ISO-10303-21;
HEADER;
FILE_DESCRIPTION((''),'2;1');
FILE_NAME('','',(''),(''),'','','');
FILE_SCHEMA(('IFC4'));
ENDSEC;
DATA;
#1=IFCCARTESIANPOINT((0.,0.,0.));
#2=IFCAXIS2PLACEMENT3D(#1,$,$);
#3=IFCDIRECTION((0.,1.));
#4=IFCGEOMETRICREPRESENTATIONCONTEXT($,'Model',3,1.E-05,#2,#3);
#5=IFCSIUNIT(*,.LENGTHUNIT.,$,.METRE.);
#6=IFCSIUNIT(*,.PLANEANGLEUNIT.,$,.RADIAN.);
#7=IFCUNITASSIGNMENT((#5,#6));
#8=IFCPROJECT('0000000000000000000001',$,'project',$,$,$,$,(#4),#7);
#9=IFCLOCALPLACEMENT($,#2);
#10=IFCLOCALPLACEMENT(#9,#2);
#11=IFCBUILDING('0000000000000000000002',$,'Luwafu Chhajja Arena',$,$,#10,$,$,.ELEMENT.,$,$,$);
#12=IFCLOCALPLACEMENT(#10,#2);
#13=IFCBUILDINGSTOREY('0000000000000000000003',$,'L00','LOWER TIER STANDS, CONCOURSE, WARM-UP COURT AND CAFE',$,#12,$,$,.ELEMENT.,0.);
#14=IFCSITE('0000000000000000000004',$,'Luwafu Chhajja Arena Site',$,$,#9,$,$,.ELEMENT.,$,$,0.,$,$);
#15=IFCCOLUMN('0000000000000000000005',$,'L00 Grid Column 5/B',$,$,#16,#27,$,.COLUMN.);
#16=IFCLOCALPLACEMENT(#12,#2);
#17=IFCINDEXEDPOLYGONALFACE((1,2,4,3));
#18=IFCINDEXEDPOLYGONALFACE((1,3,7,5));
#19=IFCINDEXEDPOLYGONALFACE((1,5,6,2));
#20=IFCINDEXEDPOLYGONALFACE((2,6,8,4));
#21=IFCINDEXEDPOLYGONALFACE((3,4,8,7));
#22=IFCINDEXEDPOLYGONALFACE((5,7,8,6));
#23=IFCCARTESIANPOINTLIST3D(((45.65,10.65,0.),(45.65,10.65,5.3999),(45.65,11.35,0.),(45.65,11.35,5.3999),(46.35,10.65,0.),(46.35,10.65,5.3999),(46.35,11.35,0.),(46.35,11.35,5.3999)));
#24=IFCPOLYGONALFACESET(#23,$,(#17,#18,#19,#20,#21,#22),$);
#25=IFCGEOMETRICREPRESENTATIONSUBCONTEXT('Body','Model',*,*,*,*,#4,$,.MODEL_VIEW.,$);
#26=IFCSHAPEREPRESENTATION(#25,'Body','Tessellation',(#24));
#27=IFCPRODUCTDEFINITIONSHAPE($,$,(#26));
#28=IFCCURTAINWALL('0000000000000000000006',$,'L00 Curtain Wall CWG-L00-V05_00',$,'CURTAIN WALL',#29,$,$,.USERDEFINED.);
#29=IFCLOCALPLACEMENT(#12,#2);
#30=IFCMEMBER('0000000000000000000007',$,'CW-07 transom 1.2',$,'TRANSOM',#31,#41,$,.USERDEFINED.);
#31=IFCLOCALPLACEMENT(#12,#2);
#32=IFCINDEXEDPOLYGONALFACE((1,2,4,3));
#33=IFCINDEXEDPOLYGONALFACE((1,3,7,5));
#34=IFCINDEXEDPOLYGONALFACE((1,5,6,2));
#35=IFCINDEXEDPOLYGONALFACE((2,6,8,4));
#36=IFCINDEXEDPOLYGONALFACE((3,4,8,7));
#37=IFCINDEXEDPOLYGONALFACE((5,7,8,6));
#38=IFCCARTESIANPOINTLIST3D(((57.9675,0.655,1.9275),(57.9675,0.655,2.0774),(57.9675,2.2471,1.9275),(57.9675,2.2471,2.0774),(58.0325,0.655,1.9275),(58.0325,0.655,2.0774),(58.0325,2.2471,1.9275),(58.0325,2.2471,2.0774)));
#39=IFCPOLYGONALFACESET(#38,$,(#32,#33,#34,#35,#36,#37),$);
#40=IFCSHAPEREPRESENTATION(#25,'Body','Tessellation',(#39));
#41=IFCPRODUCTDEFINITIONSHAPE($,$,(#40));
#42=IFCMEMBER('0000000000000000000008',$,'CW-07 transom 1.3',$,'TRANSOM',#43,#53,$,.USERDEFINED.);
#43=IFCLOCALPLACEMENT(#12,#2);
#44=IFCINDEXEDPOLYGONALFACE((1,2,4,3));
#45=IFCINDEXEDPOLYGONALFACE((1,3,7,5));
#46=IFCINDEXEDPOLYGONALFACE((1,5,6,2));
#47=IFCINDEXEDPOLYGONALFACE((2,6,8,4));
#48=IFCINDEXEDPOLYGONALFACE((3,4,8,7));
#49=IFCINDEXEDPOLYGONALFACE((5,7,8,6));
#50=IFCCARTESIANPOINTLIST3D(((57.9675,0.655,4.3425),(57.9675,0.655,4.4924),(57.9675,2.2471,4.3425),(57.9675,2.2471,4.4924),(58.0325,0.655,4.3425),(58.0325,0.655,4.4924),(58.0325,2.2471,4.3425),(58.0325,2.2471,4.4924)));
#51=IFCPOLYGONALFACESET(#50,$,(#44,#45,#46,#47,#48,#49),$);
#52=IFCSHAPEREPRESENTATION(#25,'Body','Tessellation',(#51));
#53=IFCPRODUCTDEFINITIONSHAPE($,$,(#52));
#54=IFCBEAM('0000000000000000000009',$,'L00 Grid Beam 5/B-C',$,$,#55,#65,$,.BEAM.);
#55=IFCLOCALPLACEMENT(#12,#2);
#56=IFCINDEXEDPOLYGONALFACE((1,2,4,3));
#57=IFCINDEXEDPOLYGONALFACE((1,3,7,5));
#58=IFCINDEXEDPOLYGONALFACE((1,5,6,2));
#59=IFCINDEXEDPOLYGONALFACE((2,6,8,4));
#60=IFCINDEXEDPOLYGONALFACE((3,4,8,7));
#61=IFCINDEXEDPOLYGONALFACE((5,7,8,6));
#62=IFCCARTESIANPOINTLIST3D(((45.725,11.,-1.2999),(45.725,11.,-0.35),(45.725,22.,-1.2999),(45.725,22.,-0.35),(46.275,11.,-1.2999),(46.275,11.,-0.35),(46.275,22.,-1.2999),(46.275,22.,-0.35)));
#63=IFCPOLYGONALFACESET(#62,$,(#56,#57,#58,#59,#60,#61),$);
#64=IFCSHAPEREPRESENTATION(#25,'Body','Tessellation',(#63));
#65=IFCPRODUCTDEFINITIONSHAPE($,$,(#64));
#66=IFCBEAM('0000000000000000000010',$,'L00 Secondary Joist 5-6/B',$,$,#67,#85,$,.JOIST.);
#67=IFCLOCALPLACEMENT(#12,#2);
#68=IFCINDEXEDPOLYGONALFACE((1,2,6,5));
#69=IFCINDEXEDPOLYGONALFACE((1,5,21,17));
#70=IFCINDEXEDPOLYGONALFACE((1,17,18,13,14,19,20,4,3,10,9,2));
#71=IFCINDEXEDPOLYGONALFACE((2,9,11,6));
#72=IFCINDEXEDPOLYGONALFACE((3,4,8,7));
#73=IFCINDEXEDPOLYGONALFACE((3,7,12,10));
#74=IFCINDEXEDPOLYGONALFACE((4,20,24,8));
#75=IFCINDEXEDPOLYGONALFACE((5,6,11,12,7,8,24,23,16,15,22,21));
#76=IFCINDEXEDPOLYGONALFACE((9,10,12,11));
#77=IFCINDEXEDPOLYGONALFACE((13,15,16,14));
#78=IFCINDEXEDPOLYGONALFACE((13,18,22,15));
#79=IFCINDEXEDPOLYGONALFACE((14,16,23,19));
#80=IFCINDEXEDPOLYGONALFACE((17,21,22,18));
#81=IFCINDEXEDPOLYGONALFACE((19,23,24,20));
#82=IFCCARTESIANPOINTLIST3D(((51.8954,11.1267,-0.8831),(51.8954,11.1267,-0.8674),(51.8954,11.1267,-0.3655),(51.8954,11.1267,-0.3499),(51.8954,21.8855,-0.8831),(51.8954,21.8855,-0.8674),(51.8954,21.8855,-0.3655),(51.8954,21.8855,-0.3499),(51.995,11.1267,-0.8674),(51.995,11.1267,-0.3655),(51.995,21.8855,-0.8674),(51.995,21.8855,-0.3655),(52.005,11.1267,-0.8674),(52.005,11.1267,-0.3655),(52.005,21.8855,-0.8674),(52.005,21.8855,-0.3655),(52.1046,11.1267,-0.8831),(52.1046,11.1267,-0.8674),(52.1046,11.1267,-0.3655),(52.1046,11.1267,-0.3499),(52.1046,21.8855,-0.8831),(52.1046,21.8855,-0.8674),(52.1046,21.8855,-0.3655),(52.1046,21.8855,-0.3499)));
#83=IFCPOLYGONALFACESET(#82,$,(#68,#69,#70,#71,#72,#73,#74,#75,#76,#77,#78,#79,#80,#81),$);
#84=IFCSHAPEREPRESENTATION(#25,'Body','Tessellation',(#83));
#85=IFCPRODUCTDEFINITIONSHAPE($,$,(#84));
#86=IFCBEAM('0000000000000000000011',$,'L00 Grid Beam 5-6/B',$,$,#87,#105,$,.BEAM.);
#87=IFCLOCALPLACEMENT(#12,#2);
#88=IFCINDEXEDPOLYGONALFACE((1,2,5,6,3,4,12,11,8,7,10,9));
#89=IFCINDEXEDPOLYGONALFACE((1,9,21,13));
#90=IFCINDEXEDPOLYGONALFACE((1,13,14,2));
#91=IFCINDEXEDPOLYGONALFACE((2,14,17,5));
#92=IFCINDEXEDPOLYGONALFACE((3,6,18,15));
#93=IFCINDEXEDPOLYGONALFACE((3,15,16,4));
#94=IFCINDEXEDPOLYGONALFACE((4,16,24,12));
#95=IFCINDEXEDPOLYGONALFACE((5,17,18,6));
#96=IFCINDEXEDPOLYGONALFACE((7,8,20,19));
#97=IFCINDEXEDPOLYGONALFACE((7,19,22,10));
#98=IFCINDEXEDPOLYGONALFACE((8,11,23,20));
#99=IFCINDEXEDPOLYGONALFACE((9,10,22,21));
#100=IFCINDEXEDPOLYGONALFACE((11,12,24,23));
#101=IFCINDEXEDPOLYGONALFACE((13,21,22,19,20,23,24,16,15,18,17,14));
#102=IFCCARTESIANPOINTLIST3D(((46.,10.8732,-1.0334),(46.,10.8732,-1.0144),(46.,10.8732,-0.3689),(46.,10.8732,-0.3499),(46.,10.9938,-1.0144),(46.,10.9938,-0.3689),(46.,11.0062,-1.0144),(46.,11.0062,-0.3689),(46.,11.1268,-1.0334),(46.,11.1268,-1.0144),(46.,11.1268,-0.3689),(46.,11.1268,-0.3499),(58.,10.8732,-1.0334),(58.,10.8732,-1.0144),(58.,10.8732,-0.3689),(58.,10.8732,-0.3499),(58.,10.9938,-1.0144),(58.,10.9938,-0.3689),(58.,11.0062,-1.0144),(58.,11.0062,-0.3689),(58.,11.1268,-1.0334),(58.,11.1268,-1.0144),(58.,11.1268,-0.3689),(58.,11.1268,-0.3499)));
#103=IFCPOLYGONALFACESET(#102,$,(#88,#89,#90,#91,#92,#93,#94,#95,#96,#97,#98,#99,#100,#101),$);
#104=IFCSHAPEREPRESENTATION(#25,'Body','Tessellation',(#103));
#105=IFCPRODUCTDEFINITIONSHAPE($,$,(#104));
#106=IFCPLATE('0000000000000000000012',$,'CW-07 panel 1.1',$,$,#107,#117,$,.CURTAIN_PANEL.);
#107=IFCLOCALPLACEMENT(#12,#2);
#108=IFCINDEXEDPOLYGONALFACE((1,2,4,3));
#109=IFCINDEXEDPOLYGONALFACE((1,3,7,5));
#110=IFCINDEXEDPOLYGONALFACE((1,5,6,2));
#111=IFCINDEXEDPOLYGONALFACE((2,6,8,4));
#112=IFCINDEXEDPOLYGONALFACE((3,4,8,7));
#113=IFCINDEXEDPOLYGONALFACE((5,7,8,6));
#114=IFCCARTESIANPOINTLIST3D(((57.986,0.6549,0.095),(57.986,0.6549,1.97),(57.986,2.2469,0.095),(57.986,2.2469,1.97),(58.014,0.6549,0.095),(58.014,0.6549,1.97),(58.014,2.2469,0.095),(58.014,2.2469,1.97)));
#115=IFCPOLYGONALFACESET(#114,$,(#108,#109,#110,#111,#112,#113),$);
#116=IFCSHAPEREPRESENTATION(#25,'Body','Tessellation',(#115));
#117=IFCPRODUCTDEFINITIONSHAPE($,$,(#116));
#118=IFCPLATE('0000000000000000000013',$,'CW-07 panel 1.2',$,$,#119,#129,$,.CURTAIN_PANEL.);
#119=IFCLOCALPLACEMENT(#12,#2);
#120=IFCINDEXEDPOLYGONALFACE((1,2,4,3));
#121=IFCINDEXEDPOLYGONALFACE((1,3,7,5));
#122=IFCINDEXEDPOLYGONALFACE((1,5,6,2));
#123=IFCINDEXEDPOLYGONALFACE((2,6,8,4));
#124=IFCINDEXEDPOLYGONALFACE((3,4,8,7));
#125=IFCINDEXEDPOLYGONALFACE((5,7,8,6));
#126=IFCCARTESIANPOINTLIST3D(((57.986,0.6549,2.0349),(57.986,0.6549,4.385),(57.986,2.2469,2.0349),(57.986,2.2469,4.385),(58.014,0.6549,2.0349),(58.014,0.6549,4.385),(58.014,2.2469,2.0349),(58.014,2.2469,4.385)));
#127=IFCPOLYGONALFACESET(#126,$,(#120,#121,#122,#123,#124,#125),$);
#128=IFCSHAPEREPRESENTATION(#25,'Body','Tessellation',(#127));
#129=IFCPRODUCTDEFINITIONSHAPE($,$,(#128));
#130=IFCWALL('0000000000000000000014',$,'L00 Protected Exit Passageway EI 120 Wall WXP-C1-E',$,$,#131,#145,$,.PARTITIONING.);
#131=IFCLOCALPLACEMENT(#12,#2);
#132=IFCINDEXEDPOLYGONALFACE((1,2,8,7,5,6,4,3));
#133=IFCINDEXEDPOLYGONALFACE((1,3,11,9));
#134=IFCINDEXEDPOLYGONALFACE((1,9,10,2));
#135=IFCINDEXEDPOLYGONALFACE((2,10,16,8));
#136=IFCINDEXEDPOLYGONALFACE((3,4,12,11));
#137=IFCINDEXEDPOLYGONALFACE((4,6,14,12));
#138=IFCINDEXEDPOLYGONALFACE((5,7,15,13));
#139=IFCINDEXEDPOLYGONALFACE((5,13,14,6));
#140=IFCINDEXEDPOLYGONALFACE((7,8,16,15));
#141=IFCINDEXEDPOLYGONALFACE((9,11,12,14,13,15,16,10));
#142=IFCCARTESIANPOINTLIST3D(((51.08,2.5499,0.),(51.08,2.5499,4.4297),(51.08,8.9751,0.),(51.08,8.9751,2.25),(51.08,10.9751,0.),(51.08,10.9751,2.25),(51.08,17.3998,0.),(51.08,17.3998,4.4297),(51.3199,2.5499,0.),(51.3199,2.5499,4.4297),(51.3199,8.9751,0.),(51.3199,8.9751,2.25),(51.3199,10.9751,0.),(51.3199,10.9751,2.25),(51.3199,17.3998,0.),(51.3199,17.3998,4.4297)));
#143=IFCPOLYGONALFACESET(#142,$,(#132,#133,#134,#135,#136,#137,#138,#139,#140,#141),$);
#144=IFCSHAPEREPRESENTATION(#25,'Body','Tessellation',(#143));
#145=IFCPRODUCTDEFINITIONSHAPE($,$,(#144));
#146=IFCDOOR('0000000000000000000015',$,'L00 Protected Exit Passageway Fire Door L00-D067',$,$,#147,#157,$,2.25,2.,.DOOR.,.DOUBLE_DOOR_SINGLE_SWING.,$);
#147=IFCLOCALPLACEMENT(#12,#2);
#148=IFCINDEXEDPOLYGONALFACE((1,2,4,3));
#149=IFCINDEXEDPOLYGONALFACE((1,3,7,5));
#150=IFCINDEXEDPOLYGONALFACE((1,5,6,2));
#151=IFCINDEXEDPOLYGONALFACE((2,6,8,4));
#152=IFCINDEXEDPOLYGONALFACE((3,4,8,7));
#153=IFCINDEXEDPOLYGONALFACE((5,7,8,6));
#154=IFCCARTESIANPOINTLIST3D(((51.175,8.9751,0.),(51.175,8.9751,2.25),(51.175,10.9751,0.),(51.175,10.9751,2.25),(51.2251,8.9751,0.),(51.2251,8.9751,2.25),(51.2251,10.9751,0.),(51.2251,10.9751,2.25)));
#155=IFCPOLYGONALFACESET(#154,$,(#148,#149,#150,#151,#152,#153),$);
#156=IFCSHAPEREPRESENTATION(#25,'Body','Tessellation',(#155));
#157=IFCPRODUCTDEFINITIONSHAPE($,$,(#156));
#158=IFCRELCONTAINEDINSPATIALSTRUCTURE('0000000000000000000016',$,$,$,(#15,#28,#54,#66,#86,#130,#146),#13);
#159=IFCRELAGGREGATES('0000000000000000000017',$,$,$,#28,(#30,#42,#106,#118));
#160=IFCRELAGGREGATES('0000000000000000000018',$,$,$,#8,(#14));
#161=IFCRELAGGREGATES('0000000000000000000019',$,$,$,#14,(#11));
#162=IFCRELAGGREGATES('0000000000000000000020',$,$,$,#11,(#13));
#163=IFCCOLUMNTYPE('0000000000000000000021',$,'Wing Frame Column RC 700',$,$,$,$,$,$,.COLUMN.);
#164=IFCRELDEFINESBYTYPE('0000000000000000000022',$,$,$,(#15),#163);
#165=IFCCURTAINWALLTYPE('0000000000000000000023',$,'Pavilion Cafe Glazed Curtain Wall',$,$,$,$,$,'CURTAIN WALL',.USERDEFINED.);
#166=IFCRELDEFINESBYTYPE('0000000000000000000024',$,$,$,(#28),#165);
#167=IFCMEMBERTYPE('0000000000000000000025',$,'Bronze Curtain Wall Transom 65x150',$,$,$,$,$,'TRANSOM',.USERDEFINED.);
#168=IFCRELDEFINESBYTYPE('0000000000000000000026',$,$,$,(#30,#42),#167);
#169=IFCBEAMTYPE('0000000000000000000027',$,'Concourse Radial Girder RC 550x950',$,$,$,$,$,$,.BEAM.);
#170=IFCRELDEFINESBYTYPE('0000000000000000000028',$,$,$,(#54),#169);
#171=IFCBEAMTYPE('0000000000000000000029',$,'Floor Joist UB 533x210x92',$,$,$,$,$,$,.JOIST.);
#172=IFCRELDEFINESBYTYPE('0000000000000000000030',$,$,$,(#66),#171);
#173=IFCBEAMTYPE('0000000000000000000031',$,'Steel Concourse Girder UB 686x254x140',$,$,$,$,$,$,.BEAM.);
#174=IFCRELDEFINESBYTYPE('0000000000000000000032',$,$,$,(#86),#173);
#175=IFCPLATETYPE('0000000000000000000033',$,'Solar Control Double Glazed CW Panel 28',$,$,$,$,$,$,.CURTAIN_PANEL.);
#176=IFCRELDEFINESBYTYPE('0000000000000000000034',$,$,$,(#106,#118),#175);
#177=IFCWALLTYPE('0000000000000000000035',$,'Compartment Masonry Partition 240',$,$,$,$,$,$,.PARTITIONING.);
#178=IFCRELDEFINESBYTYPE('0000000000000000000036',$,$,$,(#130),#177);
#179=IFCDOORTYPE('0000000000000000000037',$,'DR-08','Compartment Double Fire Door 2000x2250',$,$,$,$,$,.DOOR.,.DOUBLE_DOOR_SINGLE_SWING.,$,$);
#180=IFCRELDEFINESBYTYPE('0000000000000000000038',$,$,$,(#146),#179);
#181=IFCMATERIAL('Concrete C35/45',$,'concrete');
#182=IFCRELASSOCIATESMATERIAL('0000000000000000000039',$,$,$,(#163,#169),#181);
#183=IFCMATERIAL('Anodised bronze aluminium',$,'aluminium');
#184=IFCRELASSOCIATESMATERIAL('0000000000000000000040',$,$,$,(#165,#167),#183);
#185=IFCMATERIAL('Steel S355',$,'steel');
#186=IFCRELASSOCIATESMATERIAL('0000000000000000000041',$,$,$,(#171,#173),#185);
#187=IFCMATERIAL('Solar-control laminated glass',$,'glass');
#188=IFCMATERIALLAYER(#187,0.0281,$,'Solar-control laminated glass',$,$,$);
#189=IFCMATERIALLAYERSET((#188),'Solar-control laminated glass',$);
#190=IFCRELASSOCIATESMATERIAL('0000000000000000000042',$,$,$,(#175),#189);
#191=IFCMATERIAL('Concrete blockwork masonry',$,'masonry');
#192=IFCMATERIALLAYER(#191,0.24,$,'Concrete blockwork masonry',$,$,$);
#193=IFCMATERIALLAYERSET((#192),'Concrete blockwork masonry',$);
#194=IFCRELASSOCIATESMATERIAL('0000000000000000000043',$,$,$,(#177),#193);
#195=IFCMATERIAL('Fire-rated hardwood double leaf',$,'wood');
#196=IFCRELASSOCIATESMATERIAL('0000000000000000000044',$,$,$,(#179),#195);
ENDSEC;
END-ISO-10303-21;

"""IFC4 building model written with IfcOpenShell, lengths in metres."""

from ifc_helpers import new_model, si_unit, direction, frame, frame_2d, origin, origin_2d, place, context, subcontext, project, spatial, rectangle, i_section, extrude, material, layer, layer_set, material_profile, profile_set, type_object, element, fill, aggregate, save


model = new_model("IFC4")

# Units and contexts
model_context = context("Model", 3, precision=1e-05, world=origin(), true_north=direction((0.0, 1.0)))
body_context = subcontext(model_context, "Body", "Model", "MODEL_VIEW")
ifc_project = project(units=[si_unit("LENGTHUNIT", "METRE"), si_unit("PLANEANGLEUNIT", "RADIAN")], contexts=[model_context])

# Site, building, storey
site_placement = place(None, origin())
site = spatial("IfcSite", under=ifc_project, at=site_placement, Name="Luwafu Chhajja Arena Site", CompositionType="ELEMENT", RefElevation=0.0)
building_placement = place(site_placement, origin())
building = spatial("IfcBuilding", under=site, at=building_placement, Name="Luwafu Chhajja Arena", CompositionType="ELEMENT")
storey_placement = place(building_placement, origin())
storey = spatial("IfcBuildingStorey", under=building, at=storey_placement, Name="L00", Description="LOWER TIER STANDS, CONCOURSE, WARM-UP COURT AND CAFE", CompositionType="ELEMENT", Elevation=0.0)

# Column
ifc_material_1 = material(Name="Concrete C35/45", Category="concrete")
ifc_material_profile_1 = material_profile(ifc_material_1, rectangle(XDim=0.7, YDim=0.7, at=origin_2d()), Name="RC 700x700")
ifc_profile_set_1 = profile_set([ifc_material_profile_1], Name="Concrete C35/45")
column_type = type_object("IfcColumnType", Name="Wing Frame Column RC 700", PredefinedType="COLUMN", material=ifc_profile_set_1)
column_placement = place(storey_placement, frame((46.0, 11.0, 0.0), z_axis=(0.0, 0.0, 1.0), x_axis=(1.0, 0.0, 0.0)))
element("IfcColumn", 1, at=column_placement, inside=storey, type_object=column_type, Name="L00 Grid Column 5/B", PredefinedType="COLUMN", context=body_context, shape_type="SweptSolid", body=[
    extrude(rectangle(XDim=0.7, YDim=0.7, at=origin_2d()), origin(), (0.0, 0.0, 1.0), 5.3999),
])

# Curtain wall, members
ifc_material_2 = material(Name="Anodised bronze aluminium", Category="aluminium")
curtain_wall_type = type_object("IfcCurtainWallType", Name="Pavilion Cafe Glazed Curtain Wall", ElementType="CURTAIN WALL", PredefinedType="USERDEFINED", material=ifc_material_2)
curtain_wall_placement = place(storey_placement, origin())
curtain_wall = element("IfcCurtainWall", 2, at=curtain_wall_placement, inside=storey, type_object=curtain_wall_type, Name="L00 Curtain Wall CWG-L00-V05_00", ObjectType="CURTAIN WALL", PredefinedType="USERDEFINED")
ifc_material_profile_2 = material_profile(ifc_material_2, rectangle(XDim=0.0649, YDim=0.1499, at=origin_2d()), Name="CWT 65x150")
ifc_profile_set_2 = profile_set([ifc_material_profile_2], Name="Anodised bronze aluminium")
member_type = type_object("IfcMemberType", Name="Bronze Curtain Wall Transom 65x150", ElementType="TRANSOM", PredefinedType="USERDEFINED", material=ifc_profile_set_2)
member_1_placement = place(storey_placement, frame((58.0, 0.655, 2.0024), z_axis=(0.0, 1.0, 0.0), x_axis=(-1.0, 0.0, 0.0)))
member_1 = element("IfcMember", 3, at=member_1_placement, type_object=member_type, Name="CW-07 transom 1.2", ObjectType="TRANSOM", PredefinedType="USERDEFINED", context=body_context, shape_type="SweptSolid", body=[
    extrude(rectangle(XDim=0.0649, YDim=0.1499, at=origin_2d()), origin(), (0.0, 0.0, 1.0), 1.592),
])
member_2_placement = place(storey_placement, frame((58.0, 0.655, 4.4175), z_axis=(0.0, 1.0, 0.0), x_axis=(-1.0, 0.0, 0.0)))
member_2 = element("IfcMember", 4, at=member_2_placement, type_object=member_type, Name="CW-07 transom 1.3", ObjectType="TRANSOM", PredefinedType="USERDEFINED", context=body_context, shape_type="SweptSolid", body=[
    extrude(rectangle(XDim=0.0649, YDim=0.1499, at=origin_2d()), origin(), (0.0, 0.0, 1.0), 1.592),
])

# Beams
ifc_material_profile_3 = material_profile(ifc_material_1, rectangle(XDim=0.55, YDim=0.95, at=origin_2d()), Name="RC 550x950")
ifc_profile_set_3 = profile_set([ifc_material_profile_3], Name="Concrete C35/45")
beam_type_1 = type_object("IfcBeamType", Name="Concourse Radial Girder RC 550x950", PredefinedType="BEAM", material=ifc_profile_set_3)
beam_1_placement = place(storey_placement, frame((46.0, 11.0, -0.825), z_axis=(0.0, 1.0, 0.0), x_axis=(-1.0, 0.0, 0.0)))
element("IfcBeam", 5, at=beam_1_placement, inside=storey, type_object=beam_type_1, Name="L00 Grid Beam 5/B-C", PredefinedType="BEAM", context=body_context, shape_type="SweptSolid", body=[
    extrude(rectangle(XDim=0.55, YDim=0.95, at=origin_2d()), origin(), (0.0, 0.0, 1.0), 11.0),
])
ifc_material_3 = material(Name="Steel S355", Category="steel")
ifc_material_profile_4 = material_profile(ifc_material_3, i_section(OverallWidth=0.2092, OverallDepth=0.5332, WebThickness=0.01, FlangeThickness=0.0156, at=origin_2d()), Name="UB 533x210x92")
ifc_profile_set_4 = profile_set([ifc_material_profile_4], Name="Steel S355")
beam_type_2 = type_object("IfcBeamType", Name="Floor Joist UB 533x210x92", PredefinedType="JOIST", material=ifc_profile_set_4)
beam_2_placement = place(storey_placement, frame((52.0, 11.1267, -0.6165), z_axis=(0.0, 1.0, 0.0), x_axis=(-1.0, 0.0, 0.0)))
element("IfcBeam", 6, at=beam_2_placement, inside=storey, type_object=beam_type_2, Name="L00 Secondary Joist 5-6/B", PredefinedType="JOIST", context=body_context, shape_type="SweptSolid", body=[
    extrude(i_section(OverallWidth=0.2092, OverallDepth=0.5332, WebThickness=0.01, FlangeThickness=0.0156, at=origin_2d()), origin(), (0.0, 0.0, 1.0), 10.7588),
])
ifc_material_profile_5 = material_profile(ifc_material_3, i_section(OverallWidth=0.2537, OverallDepth=0.6836, WebThickness=0.0125, FlangeThickness=0.019, at=origin_2d()), Name="UB 686x254x140")
ifc_profile_set_5 = profile_set([ifc_material_profile_5], Name="Steel S355")
beam_type_3 = type_object("IfcBeamType", Name="Steel Concourse Girder UB 686x254x140", PredefinedType="BEAM", material=ifc_profile_set_5)
beam_3_placement = place(storey_placement, frame((46.0, 11.0, -0.6917), z_axis=(1.0, 0.0, 0.0), x_axis=(0.0, 1.0, 0.0)))
element("IfcBeam", 7, at=beam_3_placement, inside=storey, type_object=beam_type_3, Name="L00 Grid Beam 5-6/B", PredefinedType="BEAM", context=body_context, shape_type="SweptSolid", body=[
    extrude(i_section(OverallWidth=0.2537, OverallDepth=0.6836, WebThickness=0.0125, FlangeThickness=0.019, at=origin_2d()), origin(), (0.0, 0.0, 1.0), 12.0),
])

# Plates
ifc_material_4 = material(Name="Solar-control laminated glass", Category="glass")
ifc_layer_1 = layer(ifc_material_4, 0.0281, Name="Solar-control laminated glass")
ifc_layer_set_1 = layer_set([ifc_layer_1], Name="Solar-control laminated glass")
plate_type = type_object("IfcPlateType", Name="Solar Control Double Glazed CW Panel 28", PredefinedType="CURTAIN_PANEL", material=ifc_layer_set_1)
plate_1_placement = place(storey_placement, frame((58.0, 1.4509, 0.095), z_axis=(0.0, 0.0, 1.0), x_axis=(0.0, 1.0, 0.0)))
plate_1 = element("IfcPlate", 8, at=plate_1_placement, type_object=plate_type, Name="CW-07 panel 1.1", PredefinedType="CURTAIN_PANEL", context=body_context, shape_type="SweptSolid", body=[
    extrude(rectangle(XDim=1.592, YDim=0.0281, at=origin_2d()), origin(), (0.0, 0.0, 1.0), 1.875),
])
plate_2_placement = place(storey_placement, frame((58.0, 1.4509, 2.0349), z_axis=(0.0, 0.0, 1.0), x_axis=(0.0, 1.0, 0.0)))
plate_2 = element("IfcPlate", 9, at=plate_2_placement, type_object=plate_type, Name="CW-07 panel 1.2", PredefinedType="CURTAIN_PANEL", context=body_context, shape_type="SweptSolid", body=[
    extrude(rectangle(XDim=1.592, YDim=0.0281, at=origin_2d()), origin(), (0.0, 0.0, 1.0), 2.3501),
])
aggregate(curtain_wall, [member_1, member_2, plate_1, plate_2])

# Wall, opening, door
ifc_material_5 = material(Name="Concrete blockwork masonry", Category="masonry")
ifc_layer_2 = layer(ifc_material_5, 0.24, Name="Concrete blockwork masonry")
ifc_layer_set_2 = layer_set([ifc_layer_2], Name="Concrete blockwork masonry")
wall_type_1 = type_object("IfcWallType", Name="Compartment Masonry Partition 240", PredefinedType="PARTITIONING", material=ifc_layer_set_2)
wall_1_placement = place(storey_placement, frame((51.2, 2.55, 0.0), z_axis=(0.0, 0.0, 1.0), x_axis=(0.0, 1.0, 0.0)))
wall_1 = element("IfcWall", 10, at=wall_1_placement, inside=storey, type_object=wall_type_1, Name="L00 Protected Exit Passageway EI 120 Wall WXP-C1-E", PredefinedType="PARTITIONING", context=body_context, shape_type="SweptSolid", body=[
    extrude(rectangle(XDim=14.8499, YDim=0.24, at=frame_2d((7.4248, 0.0))), origin(), (0.0, 0.0, 1.0), 4.4297),
])
opening_1_placement = place(wall_1_placement, frame((6.425, 0.0, 0.0)))
opening_1 = element("IfcOpeningElement", 11, at=opening_1_placement, cuts=wall_1, PredefinedType="OPENING", context=body_context, shape_type="SweptSolid", body=[
    extrude(rectangle(XDim=2.0, YDim=2.25, at=frame_2d((1.0, 1.125))), frame((0.0, 0.1299, 0.0), z_axis=(0.0, -1.0, 0.0), x_axis=(1.0, 0.0, 0.0)), (0.0, 0.0, 1.0), 0.26),
])
ifc_material_6 = material(Name="Fire-rated hardwood double leaf", Category="wood")
door_type_1 = type_object("IfcDoorType", Name="DR-08", Description="Compartment Double Fire Door 2000x2250", OperationType="DOUBLE_DOOR_SINGLE_SWING", PredefinedType="DOOR", material=ifc_material_6)
door_1_placement = place(opening_1_placement, origin())
door_1 = element("IfcDoor", 12, at=door_1_placement, inside=storey, type_object=door_type_1, Name="L00 Protected Exit Passageway Fire Door L00-D067", OperationType="DOUBLE_DOOR_SINGLE_SWING", OverallHeight=2.25, OverallWidth=2.0, PredefinedType="DOOR", context=body_context, shape_type="SweptSolid", body=[
    extrude(rectangle(XDim=2.0, YDim=2.25, at=frame_2d((1.0, 1.125))), frame((0.0, 0.0249, 0.0), z_axis=(0.0, -1.0, 0.0), x_axis=(1.0, 0.0, 0.0)), (0.0, 0.0, 1.0), 0.05),
])
fill(opening_1, door_1)

save(model, "model.ifc")
